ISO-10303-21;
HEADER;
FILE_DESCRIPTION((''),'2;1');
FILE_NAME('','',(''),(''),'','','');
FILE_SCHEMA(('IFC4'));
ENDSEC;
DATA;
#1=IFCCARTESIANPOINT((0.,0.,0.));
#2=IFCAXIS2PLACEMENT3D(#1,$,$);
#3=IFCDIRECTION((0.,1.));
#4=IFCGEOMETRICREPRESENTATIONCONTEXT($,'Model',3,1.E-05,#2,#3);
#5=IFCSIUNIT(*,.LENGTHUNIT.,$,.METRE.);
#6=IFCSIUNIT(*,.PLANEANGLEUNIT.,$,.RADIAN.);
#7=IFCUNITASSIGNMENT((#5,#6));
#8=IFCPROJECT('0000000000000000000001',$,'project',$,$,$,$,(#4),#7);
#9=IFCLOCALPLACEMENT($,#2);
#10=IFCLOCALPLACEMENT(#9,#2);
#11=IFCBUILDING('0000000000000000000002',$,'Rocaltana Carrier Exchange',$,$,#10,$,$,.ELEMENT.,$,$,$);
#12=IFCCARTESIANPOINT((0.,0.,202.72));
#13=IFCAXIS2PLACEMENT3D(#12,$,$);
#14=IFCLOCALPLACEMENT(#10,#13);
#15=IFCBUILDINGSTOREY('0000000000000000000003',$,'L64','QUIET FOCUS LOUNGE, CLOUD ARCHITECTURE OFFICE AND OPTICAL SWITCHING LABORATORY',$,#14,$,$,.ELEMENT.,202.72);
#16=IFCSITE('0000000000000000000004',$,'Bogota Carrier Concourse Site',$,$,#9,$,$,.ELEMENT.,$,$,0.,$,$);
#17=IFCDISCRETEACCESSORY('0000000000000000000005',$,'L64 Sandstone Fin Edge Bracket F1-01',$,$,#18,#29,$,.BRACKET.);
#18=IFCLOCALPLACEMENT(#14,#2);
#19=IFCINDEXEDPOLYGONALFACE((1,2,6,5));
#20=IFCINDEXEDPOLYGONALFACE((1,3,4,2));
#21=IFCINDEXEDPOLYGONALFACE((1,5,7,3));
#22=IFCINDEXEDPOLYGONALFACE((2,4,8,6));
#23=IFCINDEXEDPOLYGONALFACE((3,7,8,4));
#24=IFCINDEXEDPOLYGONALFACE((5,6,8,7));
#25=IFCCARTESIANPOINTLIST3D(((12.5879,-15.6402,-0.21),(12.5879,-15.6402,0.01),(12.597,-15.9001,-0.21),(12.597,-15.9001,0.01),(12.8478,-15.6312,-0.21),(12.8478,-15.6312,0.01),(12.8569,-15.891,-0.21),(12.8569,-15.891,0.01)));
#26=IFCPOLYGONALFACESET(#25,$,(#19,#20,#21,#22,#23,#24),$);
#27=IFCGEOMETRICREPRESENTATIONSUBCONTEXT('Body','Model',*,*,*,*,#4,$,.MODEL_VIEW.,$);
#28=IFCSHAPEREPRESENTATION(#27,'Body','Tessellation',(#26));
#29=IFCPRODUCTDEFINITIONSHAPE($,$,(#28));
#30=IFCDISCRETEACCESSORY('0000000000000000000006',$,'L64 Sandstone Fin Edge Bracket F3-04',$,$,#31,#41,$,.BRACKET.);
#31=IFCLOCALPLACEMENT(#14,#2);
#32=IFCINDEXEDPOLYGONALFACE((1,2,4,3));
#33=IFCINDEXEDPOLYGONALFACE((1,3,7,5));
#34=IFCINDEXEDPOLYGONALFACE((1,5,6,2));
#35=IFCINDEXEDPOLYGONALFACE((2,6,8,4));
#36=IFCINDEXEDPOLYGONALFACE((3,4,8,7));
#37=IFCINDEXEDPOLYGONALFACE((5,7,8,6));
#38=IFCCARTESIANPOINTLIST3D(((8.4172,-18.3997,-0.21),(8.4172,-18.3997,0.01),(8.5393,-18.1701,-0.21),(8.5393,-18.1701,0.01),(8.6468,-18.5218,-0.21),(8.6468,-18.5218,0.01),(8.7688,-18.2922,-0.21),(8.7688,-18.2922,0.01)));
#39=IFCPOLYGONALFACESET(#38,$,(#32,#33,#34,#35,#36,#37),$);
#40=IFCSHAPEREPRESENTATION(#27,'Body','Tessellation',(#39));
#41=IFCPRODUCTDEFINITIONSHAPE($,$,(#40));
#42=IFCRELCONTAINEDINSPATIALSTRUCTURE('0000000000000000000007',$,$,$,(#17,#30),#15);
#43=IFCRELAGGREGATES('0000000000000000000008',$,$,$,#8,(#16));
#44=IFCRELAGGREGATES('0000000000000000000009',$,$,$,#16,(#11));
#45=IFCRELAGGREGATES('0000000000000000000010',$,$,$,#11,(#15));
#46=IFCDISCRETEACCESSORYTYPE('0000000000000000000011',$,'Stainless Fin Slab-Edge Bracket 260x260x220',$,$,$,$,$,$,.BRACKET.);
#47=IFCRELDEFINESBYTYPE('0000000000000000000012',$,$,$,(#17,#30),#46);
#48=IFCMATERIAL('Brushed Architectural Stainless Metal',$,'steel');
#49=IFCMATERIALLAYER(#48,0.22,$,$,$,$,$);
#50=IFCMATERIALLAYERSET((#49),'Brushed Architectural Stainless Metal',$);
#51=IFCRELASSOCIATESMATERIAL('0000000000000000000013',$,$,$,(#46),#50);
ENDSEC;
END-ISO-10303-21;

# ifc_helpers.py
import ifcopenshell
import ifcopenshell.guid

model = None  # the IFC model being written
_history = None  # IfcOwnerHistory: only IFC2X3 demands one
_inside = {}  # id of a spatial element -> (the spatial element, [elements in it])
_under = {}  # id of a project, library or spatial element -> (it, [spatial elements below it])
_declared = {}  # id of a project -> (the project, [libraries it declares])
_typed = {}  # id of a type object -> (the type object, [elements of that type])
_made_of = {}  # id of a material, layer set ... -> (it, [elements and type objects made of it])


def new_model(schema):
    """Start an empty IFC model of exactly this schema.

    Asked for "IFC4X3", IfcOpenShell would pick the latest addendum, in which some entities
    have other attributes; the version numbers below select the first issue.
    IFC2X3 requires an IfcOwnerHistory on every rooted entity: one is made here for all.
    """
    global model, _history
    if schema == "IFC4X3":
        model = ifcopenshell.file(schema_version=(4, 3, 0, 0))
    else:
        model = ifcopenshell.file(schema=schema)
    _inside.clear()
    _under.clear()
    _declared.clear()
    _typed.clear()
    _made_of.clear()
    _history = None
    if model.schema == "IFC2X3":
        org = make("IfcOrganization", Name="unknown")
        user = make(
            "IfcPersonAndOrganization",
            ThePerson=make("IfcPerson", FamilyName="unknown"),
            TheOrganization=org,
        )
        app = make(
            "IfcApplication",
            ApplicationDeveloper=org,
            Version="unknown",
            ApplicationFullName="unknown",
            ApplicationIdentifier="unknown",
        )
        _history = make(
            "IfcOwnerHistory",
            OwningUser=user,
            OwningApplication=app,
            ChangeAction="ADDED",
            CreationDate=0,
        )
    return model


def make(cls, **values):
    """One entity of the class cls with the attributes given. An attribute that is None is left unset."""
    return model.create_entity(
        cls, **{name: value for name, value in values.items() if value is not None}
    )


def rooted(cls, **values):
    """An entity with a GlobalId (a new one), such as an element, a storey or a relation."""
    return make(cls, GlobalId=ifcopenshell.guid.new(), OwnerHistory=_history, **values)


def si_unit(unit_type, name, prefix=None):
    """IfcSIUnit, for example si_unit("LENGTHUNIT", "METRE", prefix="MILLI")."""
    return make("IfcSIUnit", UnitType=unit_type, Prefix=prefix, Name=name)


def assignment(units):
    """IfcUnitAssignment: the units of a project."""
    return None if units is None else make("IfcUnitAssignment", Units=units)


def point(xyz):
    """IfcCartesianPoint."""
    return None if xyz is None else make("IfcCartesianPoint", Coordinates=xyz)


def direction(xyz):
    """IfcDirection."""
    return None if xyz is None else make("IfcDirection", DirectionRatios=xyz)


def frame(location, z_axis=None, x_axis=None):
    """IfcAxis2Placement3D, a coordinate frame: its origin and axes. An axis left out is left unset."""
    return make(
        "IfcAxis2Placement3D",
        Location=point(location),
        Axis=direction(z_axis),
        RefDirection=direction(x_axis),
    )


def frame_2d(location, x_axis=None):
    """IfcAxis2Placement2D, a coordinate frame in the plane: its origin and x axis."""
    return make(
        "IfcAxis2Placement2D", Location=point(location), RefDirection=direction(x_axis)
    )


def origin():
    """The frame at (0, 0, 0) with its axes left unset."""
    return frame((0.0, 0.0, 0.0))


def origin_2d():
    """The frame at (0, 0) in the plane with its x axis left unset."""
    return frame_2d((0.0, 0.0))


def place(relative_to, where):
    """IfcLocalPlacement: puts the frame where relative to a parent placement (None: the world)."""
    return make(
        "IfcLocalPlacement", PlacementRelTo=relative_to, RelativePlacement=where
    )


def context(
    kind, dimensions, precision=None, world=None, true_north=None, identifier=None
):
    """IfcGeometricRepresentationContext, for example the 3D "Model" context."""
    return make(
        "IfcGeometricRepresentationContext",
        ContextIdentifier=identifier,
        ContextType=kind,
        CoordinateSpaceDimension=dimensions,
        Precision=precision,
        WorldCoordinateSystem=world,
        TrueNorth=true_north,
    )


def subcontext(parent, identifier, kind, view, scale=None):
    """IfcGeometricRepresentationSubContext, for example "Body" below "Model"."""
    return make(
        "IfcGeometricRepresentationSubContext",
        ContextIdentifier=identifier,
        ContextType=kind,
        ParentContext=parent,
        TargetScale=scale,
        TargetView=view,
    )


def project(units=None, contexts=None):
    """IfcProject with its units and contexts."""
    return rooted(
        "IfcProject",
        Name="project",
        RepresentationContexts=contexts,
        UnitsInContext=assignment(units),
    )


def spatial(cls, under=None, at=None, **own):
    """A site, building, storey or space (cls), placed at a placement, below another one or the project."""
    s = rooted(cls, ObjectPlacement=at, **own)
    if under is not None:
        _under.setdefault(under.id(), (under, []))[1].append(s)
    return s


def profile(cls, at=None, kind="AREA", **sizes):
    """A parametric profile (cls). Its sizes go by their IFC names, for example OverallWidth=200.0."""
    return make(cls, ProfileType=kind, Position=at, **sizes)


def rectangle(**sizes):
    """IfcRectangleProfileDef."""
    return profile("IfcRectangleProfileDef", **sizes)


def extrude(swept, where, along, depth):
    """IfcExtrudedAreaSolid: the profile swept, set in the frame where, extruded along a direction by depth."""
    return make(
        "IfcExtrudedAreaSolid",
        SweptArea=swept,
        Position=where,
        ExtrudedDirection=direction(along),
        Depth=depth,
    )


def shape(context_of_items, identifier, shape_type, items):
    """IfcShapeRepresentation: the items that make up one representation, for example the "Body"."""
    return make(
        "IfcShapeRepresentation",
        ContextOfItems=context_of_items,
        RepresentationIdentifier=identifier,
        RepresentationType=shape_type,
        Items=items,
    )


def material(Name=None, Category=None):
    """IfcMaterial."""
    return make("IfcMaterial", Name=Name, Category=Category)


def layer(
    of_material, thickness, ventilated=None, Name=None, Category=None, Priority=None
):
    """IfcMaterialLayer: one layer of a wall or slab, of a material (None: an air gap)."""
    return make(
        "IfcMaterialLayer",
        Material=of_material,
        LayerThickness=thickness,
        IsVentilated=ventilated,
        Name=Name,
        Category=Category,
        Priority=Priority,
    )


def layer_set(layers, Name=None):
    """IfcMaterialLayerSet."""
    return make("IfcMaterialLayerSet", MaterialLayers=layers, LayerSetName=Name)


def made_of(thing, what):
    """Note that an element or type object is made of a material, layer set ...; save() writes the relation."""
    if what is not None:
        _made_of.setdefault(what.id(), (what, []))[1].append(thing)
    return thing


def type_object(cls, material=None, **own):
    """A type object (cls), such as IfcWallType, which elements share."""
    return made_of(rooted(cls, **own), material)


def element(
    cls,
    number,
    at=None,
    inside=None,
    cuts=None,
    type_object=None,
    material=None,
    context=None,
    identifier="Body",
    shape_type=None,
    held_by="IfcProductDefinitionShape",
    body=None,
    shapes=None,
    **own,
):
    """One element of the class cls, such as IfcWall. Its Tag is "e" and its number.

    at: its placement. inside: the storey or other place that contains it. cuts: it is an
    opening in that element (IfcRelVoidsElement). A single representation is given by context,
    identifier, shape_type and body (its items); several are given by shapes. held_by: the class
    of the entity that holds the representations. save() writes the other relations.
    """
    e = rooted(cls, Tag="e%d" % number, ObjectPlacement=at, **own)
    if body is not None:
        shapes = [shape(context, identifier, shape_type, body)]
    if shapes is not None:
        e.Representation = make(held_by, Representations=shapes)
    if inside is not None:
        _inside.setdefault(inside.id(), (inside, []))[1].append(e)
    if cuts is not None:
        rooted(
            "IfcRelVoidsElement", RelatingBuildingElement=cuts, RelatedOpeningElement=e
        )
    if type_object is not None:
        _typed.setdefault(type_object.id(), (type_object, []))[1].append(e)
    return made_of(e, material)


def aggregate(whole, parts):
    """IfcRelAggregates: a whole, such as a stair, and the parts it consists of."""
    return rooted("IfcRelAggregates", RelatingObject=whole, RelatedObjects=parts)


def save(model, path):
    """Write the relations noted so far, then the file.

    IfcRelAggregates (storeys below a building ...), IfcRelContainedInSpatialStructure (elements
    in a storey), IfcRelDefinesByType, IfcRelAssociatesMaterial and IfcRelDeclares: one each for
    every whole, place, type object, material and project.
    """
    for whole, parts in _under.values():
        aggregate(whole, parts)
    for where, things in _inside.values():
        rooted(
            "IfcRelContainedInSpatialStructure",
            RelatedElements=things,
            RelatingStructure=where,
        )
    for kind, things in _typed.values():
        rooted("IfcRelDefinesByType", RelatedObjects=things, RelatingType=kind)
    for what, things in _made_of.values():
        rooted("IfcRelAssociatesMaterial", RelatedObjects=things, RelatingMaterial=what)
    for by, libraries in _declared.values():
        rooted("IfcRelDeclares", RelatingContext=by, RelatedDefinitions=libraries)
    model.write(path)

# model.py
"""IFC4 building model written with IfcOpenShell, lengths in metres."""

from ifc_helpers import new_model, si_unit, direction, frame, origin, origin_2d, place, context, subcontext, project, spatial, rectangle, extrude, material, layer, layer_set, type_object, element, save


model = new_model("IFC4")

# Units and contexts
model_context = context("Model", 3, precision=1e-05, world=origin(), true_north=direction((0.0, 1.0)))
body_context = subcontext(model_context, "Body", "Model", "MODEL_VIEW")
ifc_project = project(units=[si_unit("LENGTHUNIT", "METRE"), si_unit("PLANEANGLEUNIT", "RADIAN")], contexts=[model_context])

# Site, building, storey
site_placement = place(None, origin())
site = spatial("IfcSite", under=ifc_project, at=site_placement, Name="Bogota Carrier Concourse Site", CompositionType="ELEMENT", RefElevation=0.0)
building_placement = place(site_placement, origin())
building = spatial("IfcBuilding", under=site, at=building_placement, Name="Rocaltana Carrier Exchange", CompositionType="ELEMENT")
storey_placement = place(building_placement, frame((0.0, 0.0, 202.72)))
storey = spatial("IfcBuildingStorey", under=building, at=storey_placement, Name="L64", Description="QUIET FOCUS LOUNGE, CLOUD ARCHITECTURE OFFICE AND OPTICAL SWITCHING LABORATORY", CompositionType="ELEMENT", Elevation=202.72)

# Discrete accessories
ifc_material_1 = material(Name="Brushed Architectural Stainless Metal", Category="steel")
ifc_layer_1 = layer(ifc_material_1, 0.22)
ifc_layer_set_1 = layer_set([ifc_layer_1], Name="Brushed Architectural Stainless Metal")
discrete_accessory_type = type_object("IfcDiscreteAccessoryType", Name="Stainless Fin Slab-Edge Bracket 260x260x220", PredefinedType="BRACKET", material=ifc_layer_set_1)
for number, where, z_axis, x_axis, name in (
    (1, (12.7224, -15.7656, -0.21), (0.0, 0.0, 1.0), (-0.034899, 0.999391, 0.0), "L64 Sandstone Fin Edge Bracket F1-01"),
    (2, (8.593, -18.3459, -0.21), (0.0, 0.0, 1.0), (0.882948, -0.469472, 0.0), "L64 Sandstone Fin Edge Bracket F3-04"),
):
    element("IfcDiscreteAccessory", number, at=place(storey_placement, frame(where, z_axis=z_axis, x_axis=x_axis)), inside=storey, type_object=discrete_accessory_type, Name=name, PredefinedType="BRACKET", context=body_context, shape_type="SweptSolid", body=[
        extrude(rectangle(XDim=0.26, YDim=0.26, at=origin_2d()), origin(), (0.0, 0.0, 1.0), 0.22),
    ])

save(model, "model.ifc")
